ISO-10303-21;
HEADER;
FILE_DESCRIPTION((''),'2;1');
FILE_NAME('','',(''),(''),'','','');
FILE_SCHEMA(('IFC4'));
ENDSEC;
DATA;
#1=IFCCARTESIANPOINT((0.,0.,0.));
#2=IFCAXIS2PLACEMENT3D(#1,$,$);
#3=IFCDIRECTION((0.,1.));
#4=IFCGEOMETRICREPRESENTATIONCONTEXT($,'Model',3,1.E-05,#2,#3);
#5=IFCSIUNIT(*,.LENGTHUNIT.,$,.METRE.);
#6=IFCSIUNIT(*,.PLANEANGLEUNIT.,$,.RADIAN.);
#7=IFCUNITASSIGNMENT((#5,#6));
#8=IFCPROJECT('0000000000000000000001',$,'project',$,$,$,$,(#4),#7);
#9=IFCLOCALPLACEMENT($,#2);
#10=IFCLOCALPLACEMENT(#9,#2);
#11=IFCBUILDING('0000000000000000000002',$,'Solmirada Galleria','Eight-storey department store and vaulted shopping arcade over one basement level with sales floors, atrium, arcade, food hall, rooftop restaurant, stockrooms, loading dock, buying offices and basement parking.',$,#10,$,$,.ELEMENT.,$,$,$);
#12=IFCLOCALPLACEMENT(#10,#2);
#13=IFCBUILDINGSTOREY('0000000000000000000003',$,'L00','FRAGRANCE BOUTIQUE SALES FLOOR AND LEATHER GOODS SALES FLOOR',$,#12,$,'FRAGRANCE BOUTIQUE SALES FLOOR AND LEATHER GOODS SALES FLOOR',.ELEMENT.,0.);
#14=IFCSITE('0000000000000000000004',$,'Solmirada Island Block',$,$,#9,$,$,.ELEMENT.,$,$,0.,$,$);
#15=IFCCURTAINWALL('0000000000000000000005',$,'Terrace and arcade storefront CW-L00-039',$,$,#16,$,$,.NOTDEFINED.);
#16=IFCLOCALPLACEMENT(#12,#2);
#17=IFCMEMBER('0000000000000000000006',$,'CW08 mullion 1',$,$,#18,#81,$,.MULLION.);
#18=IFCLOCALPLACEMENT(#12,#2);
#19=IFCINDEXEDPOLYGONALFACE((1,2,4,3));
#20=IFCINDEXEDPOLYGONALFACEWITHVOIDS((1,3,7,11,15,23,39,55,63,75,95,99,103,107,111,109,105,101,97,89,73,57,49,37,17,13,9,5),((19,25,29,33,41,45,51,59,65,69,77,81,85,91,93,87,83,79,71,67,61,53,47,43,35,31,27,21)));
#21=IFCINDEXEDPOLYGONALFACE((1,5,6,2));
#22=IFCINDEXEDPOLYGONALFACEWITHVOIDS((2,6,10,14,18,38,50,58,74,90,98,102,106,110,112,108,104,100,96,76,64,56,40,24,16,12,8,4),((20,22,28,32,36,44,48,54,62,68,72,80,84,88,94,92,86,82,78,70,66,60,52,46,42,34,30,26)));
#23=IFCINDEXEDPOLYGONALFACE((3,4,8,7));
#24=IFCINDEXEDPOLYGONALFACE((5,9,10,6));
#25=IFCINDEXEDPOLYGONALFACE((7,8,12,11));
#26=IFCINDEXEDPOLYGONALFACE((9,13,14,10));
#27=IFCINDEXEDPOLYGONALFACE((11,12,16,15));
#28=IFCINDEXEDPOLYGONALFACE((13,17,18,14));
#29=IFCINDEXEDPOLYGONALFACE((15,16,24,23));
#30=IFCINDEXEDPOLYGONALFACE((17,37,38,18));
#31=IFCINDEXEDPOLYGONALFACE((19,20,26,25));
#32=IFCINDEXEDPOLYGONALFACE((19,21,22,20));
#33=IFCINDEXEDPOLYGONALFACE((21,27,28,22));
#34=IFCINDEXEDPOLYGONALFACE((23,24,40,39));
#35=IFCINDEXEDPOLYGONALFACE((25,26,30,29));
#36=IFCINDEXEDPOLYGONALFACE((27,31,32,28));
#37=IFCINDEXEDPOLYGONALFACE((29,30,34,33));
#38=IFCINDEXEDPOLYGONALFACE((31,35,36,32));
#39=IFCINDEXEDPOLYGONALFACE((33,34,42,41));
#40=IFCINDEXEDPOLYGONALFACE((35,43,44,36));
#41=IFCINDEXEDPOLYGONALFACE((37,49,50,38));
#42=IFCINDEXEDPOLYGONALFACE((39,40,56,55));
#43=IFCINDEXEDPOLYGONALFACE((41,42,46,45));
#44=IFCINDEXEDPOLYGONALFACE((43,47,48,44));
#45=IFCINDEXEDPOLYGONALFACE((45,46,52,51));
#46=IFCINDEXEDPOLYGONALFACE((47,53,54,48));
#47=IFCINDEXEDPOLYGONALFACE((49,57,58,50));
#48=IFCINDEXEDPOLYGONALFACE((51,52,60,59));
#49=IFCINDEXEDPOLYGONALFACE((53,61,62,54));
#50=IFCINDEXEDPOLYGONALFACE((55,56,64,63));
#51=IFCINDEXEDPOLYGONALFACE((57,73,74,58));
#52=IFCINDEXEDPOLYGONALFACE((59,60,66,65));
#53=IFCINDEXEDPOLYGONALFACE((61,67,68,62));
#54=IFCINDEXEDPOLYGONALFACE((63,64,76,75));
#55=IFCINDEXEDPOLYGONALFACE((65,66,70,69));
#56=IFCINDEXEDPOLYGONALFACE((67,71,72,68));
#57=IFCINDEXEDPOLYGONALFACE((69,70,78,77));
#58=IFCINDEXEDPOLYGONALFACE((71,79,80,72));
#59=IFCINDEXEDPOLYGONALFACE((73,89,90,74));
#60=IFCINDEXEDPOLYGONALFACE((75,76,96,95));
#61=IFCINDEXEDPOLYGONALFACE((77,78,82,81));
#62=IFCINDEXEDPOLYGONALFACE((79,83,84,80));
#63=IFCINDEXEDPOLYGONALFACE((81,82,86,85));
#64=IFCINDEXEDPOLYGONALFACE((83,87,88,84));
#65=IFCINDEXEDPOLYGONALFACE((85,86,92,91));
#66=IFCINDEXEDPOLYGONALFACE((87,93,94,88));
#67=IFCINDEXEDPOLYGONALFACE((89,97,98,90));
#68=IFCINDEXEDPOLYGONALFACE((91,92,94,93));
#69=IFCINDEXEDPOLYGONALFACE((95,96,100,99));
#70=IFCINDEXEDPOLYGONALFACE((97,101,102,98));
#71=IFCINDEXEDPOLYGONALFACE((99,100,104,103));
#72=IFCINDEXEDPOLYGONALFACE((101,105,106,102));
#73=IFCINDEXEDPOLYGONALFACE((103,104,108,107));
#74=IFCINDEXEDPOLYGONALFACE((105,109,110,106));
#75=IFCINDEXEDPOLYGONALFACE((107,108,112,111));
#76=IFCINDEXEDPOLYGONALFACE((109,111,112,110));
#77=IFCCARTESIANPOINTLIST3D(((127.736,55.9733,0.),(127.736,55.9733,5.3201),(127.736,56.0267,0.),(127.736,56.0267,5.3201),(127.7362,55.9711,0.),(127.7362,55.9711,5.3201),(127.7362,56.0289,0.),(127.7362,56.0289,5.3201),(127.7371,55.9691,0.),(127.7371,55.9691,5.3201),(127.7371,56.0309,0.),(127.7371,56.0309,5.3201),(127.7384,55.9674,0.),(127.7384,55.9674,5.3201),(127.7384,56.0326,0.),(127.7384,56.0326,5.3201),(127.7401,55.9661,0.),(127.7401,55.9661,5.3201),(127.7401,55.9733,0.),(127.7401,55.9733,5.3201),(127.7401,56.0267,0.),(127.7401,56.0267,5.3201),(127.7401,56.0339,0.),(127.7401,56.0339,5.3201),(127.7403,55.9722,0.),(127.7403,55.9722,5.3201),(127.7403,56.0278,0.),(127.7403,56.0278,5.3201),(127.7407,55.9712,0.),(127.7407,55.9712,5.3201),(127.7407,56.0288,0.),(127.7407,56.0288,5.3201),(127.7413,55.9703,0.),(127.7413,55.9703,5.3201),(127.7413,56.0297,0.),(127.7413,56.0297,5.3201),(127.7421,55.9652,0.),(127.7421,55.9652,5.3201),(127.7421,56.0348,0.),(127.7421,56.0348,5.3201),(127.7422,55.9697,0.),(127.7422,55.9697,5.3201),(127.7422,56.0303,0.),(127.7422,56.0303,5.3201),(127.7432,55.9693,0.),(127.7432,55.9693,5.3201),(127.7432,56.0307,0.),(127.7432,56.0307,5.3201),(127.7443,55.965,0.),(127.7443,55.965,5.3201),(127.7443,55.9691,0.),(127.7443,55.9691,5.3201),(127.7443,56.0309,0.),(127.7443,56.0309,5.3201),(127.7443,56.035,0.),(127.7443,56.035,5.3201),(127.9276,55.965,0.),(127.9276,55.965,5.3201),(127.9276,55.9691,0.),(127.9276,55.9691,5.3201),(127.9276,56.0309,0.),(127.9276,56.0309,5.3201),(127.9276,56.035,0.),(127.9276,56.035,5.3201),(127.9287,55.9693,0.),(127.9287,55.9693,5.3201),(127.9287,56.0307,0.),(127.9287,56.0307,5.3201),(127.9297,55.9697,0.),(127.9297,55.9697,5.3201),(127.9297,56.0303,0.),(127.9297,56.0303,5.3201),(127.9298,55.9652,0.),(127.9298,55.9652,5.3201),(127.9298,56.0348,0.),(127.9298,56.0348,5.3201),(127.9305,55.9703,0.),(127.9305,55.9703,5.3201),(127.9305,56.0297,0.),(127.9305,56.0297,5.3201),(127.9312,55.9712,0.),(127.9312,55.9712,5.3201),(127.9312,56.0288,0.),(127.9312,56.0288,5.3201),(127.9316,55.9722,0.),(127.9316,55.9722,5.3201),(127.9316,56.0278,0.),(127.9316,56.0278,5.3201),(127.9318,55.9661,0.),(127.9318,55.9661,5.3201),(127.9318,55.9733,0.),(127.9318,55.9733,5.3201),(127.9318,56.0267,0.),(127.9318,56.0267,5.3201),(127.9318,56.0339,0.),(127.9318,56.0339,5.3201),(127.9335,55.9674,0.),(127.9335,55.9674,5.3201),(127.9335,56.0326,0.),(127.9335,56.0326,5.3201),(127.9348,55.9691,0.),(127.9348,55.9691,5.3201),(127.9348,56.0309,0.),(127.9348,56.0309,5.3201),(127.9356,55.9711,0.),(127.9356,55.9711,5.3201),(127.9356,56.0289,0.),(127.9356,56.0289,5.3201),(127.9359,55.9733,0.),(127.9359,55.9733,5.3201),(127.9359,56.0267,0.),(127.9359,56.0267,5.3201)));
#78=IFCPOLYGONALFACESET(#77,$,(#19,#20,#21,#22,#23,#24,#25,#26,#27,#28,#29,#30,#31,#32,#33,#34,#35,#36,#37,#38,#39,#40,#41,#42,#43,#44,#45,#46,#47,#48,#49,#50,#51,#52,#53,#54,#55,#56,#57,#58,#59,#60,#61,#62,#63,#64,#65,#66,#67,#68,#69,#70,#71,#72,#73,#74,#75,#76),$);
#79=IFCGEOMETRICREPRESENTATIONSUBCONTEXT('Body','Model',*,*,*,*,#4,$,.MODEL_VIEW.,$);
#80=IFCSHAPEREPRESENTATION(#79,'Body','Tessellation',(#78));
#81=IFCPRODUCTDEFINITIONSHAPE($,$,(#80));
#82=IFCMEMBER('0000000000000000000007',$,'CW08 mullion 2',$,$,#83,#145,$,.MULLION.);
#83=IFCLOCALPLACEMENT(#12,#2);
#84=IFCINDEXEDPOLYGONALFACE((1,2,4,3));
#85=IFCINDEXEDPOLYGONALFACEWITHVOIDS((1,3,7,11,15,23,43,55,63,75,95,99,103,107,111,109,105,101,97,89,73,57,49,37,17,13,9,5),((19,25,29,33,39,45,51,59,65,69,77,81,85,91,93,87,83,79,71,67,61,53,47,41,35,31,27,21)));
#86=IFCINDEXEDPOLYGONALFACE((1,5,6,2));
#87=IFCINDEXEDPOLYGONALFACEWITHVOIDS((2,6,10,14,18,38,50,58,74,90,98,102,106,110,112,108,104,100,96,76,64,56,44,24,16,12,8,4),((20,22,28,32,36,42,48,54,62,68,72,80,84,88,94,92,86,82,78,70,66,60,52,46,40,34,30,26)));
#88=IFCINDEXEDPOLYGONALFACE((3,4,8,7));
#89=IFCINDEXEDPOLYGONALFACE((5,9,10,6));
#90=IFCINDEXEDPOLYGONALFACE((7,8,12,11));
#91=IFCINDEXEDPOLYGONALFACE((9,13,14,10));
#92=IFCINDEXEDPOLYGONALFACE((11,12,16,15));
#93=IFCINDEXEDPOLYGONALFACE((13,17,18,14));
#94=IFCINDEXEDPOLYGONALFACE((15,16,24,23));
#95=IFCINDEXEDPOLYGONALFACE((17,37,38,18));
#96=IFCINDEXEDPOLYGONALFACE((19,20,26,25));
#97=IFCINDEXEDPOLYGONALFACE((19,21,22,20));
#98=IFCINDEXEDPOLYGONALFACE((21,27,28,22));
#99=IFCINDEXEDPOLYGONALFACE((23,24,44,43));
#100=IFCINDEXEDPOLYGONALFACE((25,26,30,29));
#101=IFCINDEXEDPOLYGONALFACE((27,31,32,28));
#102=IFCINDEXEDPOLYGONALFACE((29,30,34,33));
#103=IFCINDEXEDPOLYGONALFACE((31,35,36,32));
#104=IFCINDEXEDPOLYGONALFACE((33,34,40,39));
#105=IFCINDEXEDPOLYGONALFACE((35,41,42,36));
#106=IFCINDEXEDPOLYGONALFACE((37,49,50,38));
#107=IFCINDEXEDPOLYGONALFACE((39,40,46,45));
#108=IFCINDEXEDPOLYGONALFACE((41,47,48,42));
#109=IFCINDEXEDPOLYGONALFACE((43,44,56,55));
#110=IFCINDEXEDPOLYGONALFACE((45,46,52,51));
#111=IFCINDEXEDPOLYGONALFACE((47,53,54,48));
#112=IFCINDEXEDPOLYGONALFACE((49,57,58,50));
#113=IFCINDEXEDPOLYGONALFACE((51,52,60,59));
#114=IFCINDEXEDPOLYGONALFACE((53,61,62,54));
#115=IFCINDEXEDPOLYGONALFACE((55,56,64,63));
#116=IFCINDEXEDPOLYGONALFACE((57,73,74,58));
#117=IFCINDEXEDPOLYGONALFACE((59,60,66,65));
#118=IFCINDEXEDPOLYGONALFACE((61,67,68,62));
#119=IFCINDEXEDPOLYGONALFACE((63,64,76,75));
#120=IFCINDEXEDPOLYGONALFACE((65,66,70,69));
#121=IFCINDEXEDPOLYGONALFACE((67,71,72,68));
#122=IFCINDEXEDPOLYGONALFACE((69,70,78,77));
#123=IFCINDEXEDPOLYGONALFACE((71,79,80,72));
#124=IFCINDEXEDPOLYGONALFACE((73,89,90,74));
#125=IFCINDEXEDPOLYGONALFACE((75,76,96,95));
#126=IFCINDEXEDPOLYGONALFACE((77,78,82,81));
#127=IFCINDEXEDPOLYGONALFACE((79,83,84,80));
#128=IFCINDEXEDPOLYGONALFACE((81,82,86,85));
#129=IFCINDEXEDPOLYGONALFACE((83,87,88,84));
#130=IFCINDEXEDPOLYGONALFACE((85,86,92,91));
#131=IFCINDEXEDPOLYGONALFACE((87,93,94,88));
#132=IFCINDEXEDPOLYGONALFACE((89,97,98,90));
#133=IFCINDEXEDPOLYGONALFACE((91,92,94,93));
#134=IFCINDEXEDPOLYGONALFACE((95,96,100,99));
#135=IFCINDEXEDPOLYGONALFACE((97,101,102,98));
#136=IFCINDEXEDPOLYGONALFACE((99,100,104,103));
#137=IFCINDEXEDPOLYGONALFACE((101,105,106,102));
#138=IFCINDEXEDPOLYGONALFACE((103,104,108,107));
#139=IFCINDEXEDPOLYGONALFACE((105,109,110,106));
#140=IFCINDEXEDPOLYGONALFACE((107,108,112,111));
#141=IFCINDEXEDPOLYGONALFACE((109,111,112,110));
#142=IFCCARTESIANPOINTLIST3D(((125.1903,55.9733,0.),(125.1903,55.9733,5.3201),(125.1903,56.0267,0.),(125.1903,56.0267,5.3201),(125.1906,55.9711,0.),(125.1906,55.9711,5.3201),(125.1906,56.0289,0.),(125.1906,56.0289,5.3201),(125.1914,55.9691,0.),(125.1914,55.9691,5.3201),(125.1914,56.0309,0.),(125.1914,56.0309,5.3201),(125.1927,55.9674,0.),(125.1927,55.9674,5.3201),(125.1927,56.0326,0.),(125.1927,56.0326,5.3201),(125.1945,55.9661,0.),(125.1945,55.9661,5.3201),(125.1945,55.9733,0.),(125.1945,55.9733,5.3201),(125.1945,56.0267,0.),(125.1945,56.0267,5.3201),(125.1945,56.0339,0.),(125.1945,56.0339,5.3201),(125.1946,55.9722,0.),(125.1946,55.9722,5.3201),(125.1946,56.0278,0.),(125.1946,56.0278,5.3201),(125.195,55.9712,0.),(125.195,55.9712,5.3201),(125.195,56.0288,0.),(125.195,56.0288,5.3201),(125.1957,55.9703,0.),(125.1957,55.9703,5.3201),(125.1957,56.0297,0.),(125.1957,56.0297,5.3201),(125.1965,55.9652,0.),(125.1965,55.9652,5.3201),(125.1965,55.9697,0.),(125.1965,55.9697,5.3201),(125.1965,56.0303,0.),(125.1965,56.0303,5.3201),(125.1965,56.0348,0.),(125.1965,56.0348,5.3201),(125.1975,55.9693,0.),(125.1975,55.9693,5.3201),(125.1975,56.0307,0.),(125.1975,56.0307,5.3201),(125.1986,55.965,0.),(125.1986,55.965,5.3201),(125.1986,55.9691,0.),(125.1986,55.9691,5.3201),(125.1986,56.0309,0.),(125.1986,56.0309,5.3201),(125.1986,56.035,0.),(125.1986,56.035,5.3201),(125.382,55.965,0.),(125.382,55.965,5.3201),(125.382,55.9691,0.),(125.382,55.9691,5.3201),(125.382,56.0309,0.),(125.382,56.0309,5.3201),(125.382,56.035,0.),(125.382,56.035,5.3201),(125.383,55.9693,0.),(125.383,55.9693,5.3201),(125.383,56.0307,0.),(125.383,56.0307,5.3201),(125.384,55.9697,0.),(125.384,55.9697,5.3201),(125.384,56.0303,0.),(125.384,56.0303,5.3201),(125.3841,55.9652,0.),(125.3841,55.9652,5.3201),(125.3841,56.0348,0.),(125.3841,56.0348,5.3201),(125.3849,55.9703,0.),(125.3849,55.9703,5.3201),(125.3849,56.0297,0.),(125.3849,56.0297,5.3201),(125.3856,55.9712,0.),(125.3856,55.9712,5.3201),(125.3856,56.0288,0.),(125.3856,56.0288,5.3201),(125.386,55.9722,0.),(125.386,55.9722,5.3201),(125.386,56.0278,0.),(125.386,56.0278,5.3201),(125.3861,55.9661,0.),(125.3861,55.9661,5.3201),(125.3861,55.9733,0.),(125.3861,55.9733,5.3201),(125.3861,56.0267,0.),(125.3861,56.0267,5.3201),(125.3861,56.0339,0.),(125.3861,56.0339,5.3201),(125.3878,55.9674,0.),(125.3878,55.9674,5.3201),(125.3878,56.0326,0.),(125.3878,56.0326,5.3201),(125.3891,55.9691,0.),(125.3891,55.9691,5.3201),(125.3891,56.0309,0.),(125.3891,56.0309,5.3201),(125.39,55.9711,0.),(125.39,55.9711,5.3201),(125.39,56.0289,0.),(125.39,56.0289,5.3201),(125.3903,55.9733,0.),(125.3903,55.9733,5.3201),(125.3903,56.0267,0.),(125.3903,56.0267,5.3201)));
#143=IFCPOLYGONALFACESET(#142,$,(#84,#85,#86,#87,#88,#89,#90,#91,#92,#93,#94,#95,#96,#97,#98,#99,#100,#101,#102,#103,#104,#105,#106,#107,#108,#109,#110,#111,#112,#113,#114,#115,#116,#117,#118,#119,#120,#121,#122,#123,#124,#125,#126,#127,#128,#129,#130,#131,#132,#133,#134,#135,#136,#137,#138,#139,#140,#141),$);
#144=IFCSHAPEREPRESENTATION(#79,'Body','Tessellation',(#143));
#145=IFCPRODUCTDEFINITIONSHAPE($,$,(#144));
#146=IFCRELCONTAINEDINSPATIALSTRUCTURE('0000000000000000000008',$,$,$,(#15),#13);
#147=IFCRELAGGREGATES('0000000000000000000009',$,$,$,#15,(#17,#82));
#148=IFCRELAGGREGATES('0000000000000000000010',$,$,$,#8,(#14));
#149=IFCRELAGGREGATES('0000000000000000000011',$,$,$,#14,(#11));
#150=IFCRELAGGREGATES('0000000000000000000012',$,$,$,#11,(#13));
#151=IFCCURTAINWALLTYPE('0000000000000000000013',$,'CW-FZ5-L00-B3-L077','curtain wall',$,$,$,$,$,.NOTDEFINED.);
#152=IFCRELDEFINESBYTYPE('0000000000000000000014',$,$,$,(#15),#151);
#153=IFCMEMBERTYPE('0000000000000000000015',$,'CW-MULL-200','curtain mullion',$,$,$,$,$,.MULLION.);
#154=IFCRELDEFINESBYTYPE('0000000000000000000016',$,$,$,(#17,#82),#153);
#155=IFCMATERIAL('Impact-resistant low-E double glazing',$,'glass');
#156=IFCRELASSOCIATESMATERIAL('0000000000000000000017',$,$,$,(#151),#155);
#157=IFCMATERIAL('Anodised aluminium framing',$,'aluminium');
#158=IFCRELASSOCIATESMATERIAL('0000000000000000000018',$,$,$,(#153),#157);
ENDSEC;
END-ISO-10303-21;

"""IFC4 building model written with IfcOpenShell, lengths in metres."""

from ifc_helpers import new_model, si_unit, direction, frame, origin, origin_2d, place, context, subcontext, project, spatial, hollow_rectangle, extrude, material, material_profile, profile_set, type_object, element, aggregate, save


model = new_model("IFC4")

# Units and contexts
model_context = context("Model", 3, precision=1e-05, world=origin(), true_north=direction((0.0, 1.0)))
body_context = subcontext(model_context, "Body", "Model", "MODEL_VIEW")
ifc_project = project(units=[si_unit("LENGTHUNIT", "METRE"), si_unit("PLANEANGLEUNIT", "RADIAN")], contexts=[model_context])

# Site, building, storey
site_placement = place(None, origin())
site = spatial("IfcSite", under=ifc_project, at=site_placement, Name="Solmirada Island Block", CompositionType="ELEMENT", RefElevation=0.0)
building_placement = place(site_placement, origin())
building = spatial("IfcBuilding", under=site, at=building_placement, Name="Solmirada Galleria", Description="Eight-storey department store and vaulted shopping arcade over one basement level with sales floors, atrium, arcade, food hall, rooftop restaurant, stockrooms, loading dock, buying offices and basement parking.", CompositionType="ELEMENT")
storey_placement = place(building_placement, origin())
storey = spatial("IfcBuildingStorey", under=building, at=storey_placement, Name="L00", Description="FRAGRANCE BOUTIQUE SALES FLOOR AND LEATHER GOODS SALES FLOOR", LongName="FRAGRANCE BOUTIQUE SALES FLOOR AND LEATHER GOODS SALES FLOOR", CompositionType="ELEMENT", Elevation=0.0)

# Curtain wall, members
ifc_material_1 = material(Name="Impact-resistant low-E double glazing", Category="glass")
curtain_wall_type = type_object("IfcCurtainWallType", Name="CW-FZ5-L00-B3-L077", Description="curtain wall", PredefinedType="NOTDEFINED", material=ifc_material_1)
ifc_material_2 = material(Name="Anodised aluminium framing", Category="aluminium")
ifc_material_profile_1 = material_profile(ifc_material_2, hollow_rectangle(XDim=0.0701, YDim=0.2, WallThickness=0.0042, InnerFilletRadius=0.0042, OuterFilletRadius=0.0083, at=origin_2d()), Name="ALU-MULL-200X70")
ifc_profile_set_1 = profile_set([ifc_material_profile_1], Name="Anodised aluminium framing")
member_type_1 = type_object("IfcMemberType", Name="CW-MULL-200", Description="curtain mullion", PredefinedType="MULLION", material=ifc_profile_set_1)
curtain_wall_1_placement = place(storey_placement, origin())
curtain_wall_1 = element("IfcCurtainWall", 1, at=curtain_wall_1_placement, inside=storey, type_object=curtain_wall_type, Name="Terrace and arcade storefront CW-L00-039", PredefinedType="NOTDEFINED")
member_1_placement = place(storey_placement, frame((127.8359, 56.0, 0.0), z_axis=(0.0, 0.0, 1.0), x_axis=(0.0, -1.0, 0.0)))
member_1 = element("IfcMember", 2, at=member_1_placement, type_object=member_type_1, Name="CW08 mullion 1", PredefinedType="MULLION", context=body_context, shape_type="SweptSolid", body=[
    extrude(hollow_rectangle(XDim=0.0701, YDim=0.2, WallThickness=0.0042, InnerFilletRadius=0.0042, OuterFilletRadius=0.0083, at=origin_2d()), origin(), (0.0, 0.0, 1.0), 5.3201),
])
member_2_placement = place(storey_placement, frame((125.2903, 56.0, 0.0), z_axis=(0.0, 0.0, 1.0), x_axis=(0.0, -1.0, 0.0)))
member_2 = element("IfcMember", 3, at=member_2_placement, type_object=member_type_1, Name="CW08 mullion 2", PredefinedType="MULLION", context=body_context, shape_type="SweptSolid", body=[
    extrude(hollow_rectangle(XDim=0.0701, YDim=0.2, WallThickness=0.0042, InnerFilletRadius=0.0042, OuterFilletRadius=0.0083, at=origin_2d()), origin(), (0.0, 0.0, 1.0), 5.3201),
])

aggregate(curtain_wall_1, [member_1, member_2])

save(model, "model.ifc")
